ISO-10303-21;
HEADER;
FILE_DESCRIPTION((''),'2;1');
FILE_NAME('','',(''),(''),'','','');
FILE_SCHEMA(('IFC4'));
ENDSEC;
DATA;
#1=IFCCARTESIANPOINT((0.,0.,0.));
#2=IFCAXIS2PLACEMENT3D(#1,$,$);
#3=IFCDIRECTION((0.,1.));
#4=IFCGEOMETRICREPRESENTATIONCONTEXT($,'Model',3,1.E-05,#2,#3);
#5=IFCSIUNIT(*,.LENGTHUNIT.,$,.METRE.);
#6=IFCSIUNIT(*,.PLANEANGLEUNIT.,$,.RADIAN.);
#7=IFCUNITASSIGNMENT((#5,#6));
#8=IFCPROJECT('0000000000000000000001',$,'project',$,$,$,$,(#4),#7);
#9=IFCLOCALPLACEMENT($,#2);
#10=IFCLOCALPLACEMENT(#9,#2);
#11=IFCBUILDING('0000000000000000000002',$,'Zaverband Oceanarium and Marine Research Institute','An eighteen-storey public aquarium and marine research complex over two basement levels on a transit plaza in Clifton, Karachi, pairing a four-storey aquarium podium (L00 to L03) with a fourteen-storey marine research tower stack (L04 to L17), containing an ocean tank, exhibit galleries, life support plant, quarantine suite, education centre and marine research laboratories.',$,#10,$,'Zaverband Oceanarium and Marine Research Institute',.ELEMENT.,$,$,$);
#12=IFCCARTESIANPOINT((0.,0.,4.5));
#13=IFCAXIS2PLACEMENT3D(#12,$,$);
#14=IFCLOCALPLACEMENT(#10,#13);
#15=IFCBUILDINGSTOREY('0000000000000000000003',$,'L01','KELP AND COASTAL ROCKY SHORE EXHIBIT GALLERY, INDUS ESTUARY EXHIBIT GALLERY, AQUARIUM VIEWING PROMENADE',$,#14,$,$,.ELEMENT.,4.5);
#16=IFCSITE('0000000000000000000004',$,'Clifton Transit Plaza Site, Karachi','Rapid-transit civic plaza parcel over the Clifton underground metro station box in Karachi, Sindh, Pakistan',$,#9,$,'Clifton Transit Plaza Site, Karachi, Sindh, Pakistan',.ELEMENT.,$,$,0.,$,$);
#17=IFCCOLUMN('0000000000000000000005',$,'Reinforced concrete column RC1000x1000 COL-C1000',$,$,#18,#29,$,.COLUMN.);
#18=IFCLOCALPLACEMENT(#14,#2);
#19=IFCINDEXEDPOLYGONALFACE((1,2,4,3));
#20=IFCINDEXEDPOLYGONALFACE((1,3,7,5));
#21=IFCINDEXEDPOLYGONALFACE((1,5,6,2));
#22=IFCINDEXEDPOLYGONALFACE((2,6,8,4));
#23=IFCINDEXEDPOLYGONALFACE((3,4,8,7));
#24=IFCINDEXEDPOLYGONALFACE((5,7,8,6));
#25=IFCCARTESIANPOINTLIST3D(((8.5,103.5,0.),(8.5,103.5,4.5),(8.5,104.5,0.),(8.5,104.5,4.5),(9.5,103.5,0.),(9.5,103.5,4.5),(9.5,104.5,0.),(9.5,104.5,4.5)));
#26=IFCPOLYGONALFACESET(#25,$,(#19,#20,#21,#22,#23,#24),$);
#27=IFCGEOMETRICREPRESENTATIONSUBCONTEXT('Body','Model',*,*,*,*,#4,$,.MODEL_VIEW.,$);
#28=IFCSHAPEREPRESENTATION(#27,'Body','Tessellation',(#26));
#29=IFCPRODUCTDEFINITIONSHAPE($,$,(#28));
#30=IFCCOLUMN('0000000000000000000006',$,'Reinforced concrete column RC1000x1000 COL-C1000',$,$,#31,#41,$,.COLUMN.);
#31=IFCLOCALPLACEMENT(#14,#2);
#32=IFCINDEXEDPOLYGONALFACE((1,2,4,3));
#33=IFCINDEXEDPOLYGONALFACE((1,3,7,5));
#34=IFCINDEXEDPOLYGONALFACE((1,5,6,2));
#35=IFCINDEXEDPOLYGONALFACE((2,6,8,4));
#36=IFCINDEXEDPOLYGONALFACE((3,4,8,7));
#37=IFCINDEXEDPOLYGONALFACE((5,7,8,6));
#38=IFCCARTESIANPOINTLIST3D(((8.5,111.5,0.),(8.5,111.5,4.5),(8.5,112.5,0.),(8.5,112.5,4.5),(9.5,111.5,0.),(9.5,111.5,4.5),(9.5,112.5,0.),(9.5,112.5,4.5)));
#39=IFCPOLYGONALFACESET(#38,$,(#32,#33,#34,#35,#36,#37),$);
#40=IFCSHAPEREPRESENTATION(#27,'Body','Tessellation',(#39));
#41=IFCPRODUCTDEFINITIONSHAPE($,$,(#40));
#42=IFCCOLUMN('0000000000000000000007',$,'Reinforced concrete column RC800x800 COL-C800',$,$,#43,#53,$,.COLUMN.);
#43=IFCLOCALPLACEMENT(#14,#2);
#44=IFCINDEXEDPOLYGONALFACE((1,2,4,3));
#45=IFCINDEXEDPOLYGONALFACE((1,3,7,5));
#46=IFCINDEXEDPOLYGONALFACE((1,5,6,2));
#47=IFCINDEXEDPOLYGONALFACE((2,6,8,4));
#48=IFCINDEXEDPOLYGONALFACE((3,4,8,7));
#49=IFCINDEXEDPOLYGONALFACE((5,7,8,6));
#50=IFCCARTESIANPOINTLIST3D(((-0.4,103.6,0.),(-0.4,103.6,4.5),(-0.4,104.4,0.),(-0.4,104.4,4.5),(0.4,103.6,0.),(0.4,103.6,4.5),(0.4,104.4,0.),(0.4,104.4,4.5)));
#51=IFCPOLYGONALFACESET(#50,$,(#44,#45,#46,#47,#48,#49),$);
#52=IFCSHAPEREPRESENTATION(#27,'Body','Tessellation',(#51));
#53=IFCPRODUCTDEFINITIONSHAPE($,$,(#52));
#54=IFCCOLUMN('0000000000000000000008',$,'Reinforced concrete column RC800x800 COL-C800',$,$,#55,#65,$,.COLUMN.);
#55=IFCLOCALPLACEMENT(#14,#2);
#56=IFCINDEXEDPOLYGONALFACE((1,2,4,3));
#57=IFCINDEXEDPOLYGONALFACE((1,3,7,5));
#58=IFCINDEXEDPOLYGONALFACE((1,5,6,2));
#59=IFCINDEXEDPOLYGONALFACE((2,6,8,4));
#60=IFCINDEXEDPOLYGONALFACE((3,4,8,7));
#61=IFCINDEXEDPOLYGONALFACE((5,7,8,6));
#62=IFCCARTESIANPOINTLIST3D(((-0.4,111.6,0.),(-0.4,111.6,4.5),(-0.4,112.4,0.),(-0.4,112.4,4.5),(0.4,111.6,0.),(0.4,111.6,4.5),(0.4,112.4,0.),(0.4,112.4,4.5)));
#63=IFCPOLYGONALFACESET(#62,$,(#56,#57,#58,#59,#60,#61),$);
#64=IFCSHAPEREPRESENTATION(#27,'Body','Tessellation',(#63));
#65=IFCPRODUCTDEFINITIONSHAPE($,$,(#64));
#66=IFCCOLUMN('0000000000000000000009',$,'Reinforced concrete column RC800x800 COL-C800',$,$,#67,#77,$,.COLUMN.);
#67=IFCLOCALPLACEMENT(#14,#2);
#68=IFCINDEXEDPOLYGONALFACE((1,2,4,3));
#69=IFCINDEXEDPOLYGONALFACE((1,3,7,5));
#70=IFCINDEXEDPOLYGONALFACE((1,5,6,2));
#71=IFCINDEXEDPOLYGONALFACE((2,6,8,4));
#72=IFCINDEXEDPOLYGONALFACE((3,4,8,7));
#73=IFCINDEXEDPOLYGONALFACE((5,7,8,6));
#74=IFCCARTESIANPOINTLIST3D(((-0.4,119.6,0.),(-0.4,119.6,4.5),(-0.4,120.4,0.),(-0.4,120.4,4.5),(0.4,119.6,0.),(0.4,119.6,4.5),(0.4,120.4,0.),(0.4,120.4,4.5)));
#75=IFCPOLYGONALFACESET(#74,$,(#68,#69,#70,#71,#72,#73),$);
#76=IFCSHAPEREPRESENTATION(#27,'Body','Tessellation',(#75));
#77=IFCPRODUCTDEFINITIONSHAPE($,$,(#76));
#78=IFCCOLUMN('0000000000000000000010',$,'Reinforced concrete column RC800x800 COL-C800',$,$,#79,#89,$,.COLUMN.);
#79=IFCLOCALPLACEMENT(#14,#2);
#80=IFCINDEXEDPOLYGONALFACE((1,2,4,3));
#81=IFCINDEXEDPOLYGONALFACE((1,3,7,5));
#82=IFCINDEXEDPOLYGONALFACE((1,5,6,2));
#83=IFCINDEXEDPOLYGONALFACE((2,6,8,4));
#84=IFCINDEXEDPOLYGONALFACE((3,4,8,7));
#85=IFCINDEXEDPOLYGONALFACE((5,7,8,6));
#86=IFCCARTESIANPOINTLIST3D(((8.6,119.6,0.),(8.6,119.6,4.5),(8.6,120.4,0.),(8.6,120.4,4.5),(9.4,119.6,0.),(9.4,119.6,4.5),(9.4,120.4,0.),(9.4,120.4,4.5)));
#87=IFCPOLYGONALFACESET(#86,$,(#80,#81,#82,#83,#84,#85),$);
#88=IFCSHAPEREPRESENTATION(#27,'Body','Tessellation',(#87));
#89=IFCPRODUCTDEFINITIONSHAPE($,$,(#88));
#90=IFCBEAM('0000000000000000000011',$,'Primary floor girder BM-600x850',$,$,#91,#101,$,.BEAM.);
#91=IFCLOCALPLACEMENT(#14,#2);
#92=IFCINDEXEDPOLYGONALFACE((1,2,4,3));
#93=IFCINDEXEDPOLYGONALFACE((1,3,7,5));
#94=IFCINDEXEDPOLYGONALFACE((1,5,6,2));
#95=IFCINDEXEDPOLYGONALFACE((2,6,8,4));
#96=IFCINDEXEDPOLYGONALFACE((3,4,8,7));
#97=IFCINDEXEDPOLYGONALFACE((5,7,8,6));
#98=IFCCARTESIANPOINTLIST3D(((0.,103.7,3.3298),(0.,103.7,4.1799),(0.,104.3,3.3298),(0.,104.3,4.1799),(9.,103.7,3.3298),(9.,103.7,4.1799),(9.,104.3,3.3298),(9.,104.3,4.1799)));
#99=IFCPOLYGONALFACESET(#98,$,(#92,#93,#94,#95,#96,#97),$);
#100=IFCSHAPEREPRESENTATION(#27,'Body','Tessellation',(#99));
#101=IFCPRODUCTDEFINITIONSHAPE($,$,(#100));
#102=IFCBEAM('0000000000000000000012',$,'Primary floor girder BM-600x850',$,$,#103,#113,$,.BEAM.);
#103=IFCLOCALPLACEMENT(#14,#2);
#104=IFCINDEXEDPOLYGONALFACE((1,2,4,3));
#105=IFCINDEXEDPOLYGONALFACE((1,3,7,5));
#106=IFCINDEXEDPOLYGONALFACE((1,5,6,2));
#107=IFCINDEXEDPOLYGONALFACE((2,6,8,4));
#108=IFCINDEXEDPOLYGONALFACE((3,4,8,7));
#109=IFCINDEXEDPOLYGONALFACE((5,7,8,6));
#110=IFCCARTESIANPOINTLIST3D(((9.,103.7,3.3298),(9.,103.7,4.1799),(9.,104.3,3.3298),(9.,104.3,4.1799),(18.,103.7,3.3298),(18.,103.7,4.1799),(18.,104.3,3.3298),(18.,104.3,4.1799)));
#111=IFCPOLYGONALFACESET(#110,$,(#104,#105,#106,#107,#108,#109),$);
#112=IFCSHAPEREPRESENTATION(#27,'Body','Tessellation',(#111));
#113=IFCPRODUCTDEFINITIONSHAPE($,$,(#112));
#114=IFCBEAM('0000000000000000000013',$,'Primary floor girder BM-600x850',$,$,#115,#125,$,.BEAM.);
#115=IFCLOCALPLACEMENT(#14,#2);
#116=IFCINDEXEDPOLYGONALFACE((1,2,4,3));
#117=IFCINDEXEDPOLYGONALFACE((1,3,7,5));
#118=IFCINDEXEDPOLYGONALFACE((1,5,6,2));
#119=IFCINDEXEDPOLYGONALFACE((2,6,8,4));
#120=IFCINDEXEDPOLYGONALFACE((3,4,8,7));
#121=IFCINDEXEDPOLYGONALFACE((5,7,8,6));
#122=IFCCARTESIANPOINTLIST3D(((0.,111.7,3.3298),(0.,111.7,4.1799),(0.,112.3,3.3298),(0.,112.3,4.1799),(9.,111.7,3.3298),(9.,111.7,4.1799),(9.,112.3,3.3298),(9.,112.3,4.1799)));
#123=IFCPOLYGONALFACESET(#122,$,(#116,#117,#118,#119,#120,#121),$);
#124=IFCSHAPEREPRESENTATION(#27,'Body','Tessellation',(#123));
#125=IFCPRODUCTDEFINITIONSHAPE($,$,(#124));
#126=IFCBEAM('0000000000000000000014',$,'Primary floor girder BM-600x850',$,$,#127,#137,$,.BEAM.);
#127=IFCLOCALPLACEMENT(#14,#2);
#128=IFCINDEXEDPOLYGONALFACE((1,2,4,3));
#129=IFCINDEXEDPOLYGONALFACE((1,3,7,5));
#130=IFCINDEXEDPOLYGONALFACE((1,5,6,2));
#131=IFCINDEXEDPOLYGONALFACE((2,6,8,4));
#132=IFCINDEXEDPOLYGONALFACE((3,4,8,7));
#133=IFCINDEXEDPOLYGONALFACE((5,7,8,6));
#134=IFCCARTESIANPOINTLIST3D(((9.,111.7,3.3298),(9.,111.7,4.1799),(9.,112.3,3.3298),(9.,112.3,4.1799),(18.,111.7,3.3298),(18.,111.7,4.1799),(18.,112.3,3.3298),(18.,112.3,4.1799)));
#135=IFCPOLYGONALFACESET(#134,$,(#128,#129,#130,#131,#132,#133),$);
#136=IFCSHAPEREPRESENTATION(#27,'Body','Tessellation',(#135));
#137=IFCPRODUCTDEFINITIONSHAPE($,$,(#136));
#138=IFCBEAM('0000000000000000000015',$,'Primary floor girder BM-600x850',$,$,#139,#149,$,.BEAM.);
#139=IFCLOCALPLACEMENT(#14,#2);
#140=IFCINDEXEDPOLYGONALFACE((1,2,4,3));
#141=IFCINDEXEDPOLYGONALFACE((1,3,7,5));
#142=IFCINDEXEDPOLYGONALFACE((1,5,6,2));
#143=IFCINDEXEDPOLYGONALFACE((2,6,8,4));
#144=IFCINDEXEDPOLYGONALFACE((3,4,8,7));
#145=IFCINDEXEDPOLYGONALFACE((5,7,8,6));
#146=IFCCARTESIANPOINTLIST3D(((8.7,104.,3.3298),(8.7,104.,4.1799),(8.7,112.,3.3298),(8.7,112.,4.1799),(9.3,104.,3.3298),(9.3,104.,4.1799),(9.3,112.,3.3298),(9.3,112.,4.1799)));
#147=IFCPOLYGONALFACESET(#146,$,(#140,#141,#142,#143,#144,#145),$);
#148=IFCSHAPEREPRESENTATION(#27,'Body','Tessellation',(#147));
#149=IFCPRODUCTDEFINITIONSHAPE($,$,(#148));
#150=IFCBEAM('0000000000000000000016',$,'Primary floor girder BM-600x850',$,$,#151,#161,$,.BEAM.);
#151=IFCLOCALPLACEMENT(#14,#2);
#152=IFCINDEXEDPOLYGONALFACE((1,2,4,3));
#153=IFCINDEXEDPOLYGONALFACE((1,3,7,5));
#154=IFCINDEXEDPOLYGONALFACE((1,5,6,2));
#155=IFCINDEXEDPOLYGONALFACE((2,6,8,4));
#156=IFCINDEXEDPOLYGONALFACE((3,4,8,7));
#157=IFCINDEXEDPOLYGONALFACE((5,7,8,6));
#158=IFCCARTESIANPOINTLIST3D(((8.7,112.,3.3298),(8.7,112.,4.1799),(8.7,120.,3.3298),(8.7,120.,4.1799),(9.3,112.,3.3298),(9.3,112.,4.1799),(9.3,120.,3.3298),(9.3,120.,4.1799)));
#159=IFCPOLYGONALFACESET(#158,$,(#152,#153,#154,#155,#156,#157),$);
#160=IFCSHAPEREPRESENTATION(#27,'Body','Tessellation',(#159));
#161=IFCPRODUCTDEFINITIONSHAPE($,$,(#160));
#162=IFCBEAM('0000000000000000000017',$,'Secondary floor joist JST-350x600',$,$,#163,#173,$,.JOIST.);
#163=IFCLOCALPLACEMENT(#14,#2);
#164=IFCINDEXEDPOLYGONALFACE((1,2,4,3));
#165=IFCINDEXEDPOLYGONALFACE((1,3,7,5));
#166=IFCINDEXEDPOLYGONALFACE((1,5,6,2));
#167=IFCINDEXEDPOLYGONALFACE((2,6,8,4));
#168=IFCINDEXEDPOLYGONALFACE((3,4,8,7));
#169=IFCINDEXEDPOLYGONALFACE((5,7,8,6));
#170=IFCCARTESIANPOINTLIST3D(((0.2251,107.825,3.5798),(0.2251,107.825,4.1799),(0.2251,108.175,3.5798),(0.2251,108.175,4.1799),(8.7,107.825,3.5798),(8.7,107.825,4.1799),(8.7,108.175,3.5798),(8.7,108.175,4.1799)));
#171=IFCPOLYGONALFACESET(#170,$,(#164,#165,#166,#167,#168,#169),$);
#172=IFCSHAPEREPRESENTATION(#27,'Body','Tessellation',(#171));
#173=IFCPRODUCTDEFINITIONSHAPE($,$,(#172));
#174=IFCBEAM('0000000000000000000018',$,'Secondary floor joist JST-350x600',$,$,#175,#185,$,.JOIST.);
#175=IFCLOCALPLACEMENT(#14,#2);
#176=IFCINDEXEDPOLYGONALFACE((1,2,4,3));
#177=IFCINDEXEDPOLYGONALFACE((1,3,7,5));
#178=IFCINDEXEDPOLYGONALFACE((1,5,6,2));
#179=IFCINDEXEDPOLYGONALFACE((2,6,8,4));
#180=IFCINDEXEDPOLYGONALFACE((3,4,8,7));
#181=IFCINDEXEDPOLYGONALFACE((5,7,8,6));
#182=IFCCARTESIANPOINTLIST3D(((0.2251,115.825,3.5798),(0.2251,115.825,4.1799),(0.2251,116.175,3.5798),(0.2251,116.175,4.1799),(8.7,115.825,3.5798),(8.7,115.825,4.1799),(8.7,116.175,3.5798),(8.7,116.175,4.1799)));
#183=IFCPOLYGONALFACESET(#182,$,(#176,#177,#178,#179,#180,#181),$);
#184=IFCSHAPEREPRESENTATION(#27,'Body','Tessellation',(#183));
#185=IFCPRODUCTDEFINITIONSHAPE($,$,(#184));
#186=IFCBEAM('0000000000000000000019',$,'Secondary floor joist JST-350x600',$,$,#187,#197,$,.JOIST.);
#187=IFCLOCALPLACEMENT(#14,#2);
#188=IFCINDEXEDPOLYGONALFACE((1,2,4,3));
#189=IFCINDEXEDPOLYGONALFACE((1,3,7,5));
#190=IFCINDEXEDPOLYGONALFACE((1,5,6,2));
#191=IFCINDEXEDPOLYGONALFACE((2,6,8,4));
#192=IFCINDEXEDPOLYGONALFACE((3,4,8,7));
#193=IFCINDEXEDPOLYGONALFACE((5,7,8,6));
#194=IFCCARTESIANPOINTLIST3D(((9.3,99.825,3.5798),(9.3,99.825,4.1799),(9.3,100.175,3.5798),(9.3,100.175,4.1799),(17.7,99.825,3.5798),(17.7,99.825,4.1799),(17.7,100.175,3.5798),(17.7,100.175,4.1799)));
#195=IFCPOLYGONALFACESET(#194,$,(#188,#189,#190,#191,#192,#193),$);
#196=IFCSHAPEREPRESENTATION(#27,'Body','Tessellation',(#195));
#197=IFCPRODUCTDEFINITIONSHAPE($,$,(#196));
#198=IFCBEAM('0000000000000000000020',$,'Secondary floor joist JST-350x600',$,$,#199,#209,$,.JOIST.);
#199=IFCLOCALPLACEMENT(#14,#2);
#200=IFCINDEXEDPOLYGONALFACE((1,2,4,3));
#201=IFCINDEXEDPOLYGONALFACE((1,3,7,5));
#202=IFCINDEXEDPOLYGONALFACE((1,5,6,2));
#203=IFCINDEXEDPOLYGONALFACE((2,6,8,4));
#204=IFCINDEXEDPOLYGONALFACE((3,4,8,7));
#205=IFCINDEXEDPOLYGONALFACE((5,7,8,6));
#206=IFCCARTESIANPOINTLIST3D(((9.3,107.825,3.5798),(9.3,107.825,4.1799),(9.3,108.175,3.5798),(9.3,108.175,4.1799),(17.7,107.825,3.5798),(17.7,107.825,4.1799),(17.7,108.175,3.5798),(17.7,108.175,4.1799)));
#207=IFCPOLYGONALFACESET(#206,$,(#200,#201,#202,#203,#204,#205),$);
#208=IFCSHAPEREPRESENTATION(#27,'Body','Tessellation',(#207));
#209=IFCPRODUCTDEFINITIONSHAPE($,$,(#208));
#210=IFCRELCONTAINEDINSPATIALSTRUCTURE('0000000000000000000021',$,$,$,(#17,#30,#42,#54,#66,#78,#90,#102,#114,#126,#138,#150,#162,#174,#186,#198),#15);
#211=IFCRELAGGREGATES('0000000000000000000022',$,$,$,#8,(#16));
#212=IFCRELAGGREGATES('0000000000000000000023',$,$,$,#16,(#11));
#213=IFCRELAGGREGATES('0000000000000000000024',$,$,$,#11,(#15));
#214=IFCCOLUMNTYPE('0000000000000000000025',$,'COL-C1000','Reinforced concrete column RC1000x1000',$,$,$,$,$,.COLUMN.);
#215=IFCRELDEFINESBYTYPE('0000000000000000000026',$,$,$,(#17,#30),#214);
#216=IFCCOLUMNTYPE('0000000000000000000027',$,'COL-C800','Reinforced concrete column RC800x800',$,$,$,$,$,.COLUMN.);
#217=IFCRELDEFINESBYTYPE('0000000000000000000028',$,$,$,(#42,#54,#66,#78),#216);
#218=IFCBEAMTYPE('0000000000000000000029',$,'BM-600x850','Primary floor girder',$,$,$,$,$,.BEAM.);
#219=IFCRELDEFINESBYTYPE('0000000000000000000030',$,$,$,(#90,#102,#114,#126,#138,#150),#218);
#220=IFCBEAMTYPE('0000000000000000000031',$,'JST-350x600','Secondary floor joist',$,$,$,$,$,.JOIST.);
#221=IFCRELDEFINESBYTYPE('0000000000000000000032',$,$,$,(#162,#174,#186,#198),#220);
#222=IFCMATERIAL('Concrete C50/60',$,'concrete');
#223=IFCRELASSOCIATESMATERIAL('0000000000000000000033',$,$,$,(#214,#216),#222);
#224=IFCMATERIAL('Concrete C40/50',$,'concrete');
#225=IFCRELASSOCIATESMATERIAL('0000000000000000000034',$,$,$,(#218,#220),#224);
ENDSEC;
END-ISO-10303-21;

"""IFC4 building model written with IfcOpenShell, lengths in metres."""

from ifc_helpers import new_model, si_unit, direction, frame, origin, origin_2d, place, context, subcontext, project, spatial, rectangle, extrude, material, material_profile, profile_set, type_object, element, save


model = new_model("IFC4")

# Units and contexts
model_context = context("Model", 3, precision=1e-05, world=origin(), true_north=direction((0.0, 1.0)))
body_context = subcontext(model_context, "Body", "Model", "MODEL_VIEW")
ifc_project = project(units=[si_unit("LENGTHUNIT", "METRE"), si_unit("PLANEANGLEUNIT", "RADIAN")], contexts=[model_context])

# Site, building, storey
site_placement = place(None, origin())
site = spatial("IfcSite", under=ifc_project, at=site_placement, Name="Clifton Transit Plaza Site, Karachi", Description="Rapid-transit civic plaza parcel over the Clifton underground metro station box in Karachi, Sindh, Pakistan", LongName="Clifton Transit Plaza Site, Karachi, Sindh, Pakistan", CompositionType="ELEMENT", RefElevation=0.0)
building_placement = place(site_placement, origin())
building = spatial("IfcBuilding", under=site, at=building_placement, Name="Zaverband Oceanarium and Marine Research Institute", Description="An eighteen-storey public aquarium and marine research complex over two basement levels on a transit plaza in Clifton, Karachi, pairing a four-storey aquarium podium (L00 to L03) with a fourteen-storey marine research tower stack (L04 to L17), containing an ocean tank, exhibit galleries, life support plant, quarantine suite, education centre and marine research laboratories.", LongName="Zaverband Oceanarium and Marine Research Institute", CompositionType="ELEMENT")
storey_placement = place(building_placement, frame((0.0, 0.0, 4.5)))
storey = spatial("IfcBuildingStorey", under=building, at=storey_placement, Name="L01", Description="KELP AND COASTAL ROCKY SHORE EXHIBIT GALLERY, INDUS ESTUARY EXHIBIT GALLERY, AQUARIUM VIEWING PROMENADE", CompositionType="ELEMENT", Elevation=4.5)

# Columns
ifc_material_1 = material(Name="Concrete C50/60", Category="concrete")
ifc_material_profile_1 = material_profile(ifc_material_1, rectangle(XDim=1.0, YDim=1.0, at=origin_2d()), Name="RC1000x1000")
ifc_profile_set_1 = profile_set([ifc_material_profile_1], Name="Concrete C50/60")
column_type_1 = type_object("IfcColumnType", Name="COL-C1000", Description="Reinforced concrete column RC1000x1000", PredefinedType="COLUMN", material=ifc_profile_set_1)
for number, where, z_axis, x_axis, name in (
    (1, (9.0, 104.0, 0.0), (0.0, 0.0, 1.0), (1.0, 0.0, 0.0), "Reinforced concrete column RC1000x1000 COL-C1000"),
    (2, (9.0, 112.0, 0.0), (0.0, 0.0, 1.0), (1.0, 0.0, 0.0), "Reinforced concrete column RC1000x1000 COL-C1000"),
):
    element("IfcColumn", number, at=place(storey_placement, frame(where, z_axis=z_axis, x_axis=x_axis)), inside=storey, type_object=column_type_1, Name=name, PredefinedType="COLUMN", context=body_context, shape_type="SweptSolid", body=[
        extrude(rectangle(XDim=1.0, YDim=1.0, at=origin_2d()), origin(), (0.0, 0.0, 1.0), 4.5),
    ])
ifc_material_profile_2 = material_profile(ifc_material_1, rectangle(XDim=0.8, YDim=0.8, at=origin_2d()), Name="RC800x800")
ifc_profile_set_2 = profile_set([ifc_material_profile_2], Name="Concrete C50/60")
column_type_2 = type_object("IfcColumnType", Name="COL-C800", Description="Reinforced concrete column RC800x800", PredefinedType="COLUMN", material=ifc_profile_set_2)
for number, where, z_axis, x_axis, name in (
    (3, (0.0, 104.0, 0.0), (0.0, 0.0, 1.0), (1.0, 0.0, 0.0), "Reinforced concrete column RC800x800 COL-C800"),
    (4, (0.0, 112.0, 0.0), (0.0, 0.0, 1.0), (1.0, 0.0, 0.0), "Reinforced concrete column RC800x800 COL-C800"),
    (5, (0.0, 120.0, 0.0), (0.0, 0.0, 1.0), (1.0, 0.0, 0.0), "Reinforced concrete column RC800x800 COL-C800"),
    (6, (9.0, 120.0, 0.0), (0.0, 0.0, 1.0), (1.0, 0.0, 0.0), "Reinforced concrete column RC800x800 COL-C800"),
):
    element("IfcColumn", number, at=place(storey_placement, frame(where, z_axis=z_axis, x_axis=x_axis)), inside=storey, type_object=column_type_2, Name=name, PredefinedType="COLUMN", context=body_context, shape_type="SweptSolid", body=[
        extrude(rectangle(XDim=0.8, YDim=0.8, at=origin_2d()), origin(), (0.0, 0.0, 1.0), 4.5),
    ])

# Beams
ifc_material_2 = material(Name="Concrete C40/50", Category="concrete")
ifc_material_profile_3 = material_profile(ifc_material_2, rectangle(XDim=0.6001, YDim=0.8501, at=origin_2d()), Name="RC600x850")
ifc_profile_set_3 = profile_set([ifc_material_profile_3], Name="Concrete C40/50")
beam_type_1 = type_object("IfcBeamType", Name="BM-600x850", Description="Primary floor girder", PredefinedType="BEAM", material=ifc_profile_set_3)
for number, where, z_axis, x_axis, name in (
    (7, (0.0, 104.0, 3.7549), (1.0, 0.0, 0.0), (0.0, 1.0, 0.0), "Primary floor girder BM-600x850"),
    (8, (9.0, 104.0, 3.7549), (1.0, 0.0, 0.0), (0.0, 1.0, 0.0), "Primary floor girder BM-600x850"),
    (9, (0.0, 112.0, 3.7549), (1.0, 0.0, 0.0), (0.0, 1.0, 0.0), "Primary floor girder BM-600x850"),
    (10, (9.0, 112.0, 3.7549), (1.0, 0.0, 0.0), (0.0, 1.0, 0.0), "Primary floor girder BM-600x850"),
):
    element("IfcBeam", number, at=place(storey_placement, frame(where, z_axis=z_axis, x_axis=x_axis)), inside=storey, type_object=beam_type_1, Name=name, PredefinedType="BEAM", context=body_context, shape_type="SweptSolid", body=[
        extrude(rectangle(XDim=0.6001, YDim=0.8501, at=origin_2d()), origin(), (0.0, 0.0, 1.0), 9.0),
    ])
for number, where, z_axis, x_axis, name in (
    (11, (9.0, 104.0, 3.7549), (0.0, 1.0, 0.0), (-1.0, 0.0, 0.0), "Primary floor girder BM-600x850"),
    (12, (9.0, 112.0, 3.7549), (0.0, 1.0, 0.0), (-1.0, 0.0, 0.0), "Primary floor girder BM-600x850"),
):
    element("IfcBeam", number, at=place(storey_placement, frame(where, z_axis=z_axis, x_axis=x_axis)), inside=storey, type_object=beam_type_1, Name=name, PredefinedType="BEAM", context=body_context, shape_type="SweptSolid", body=[
        extrude(rectangle(XDim=0.6001, YDim=0.8501, at=origin_2d()), origin(), (0.0, 0.0, 1.0), 8.0),
    ])
ifc_material_profile_4 = material_profile(ifc_material_2, rectangle(XDim=0.3501, YDim=0.6001, at=origin_2d()), Name="RC350x600")
ifc_profile_set_4 = profile_set([ifc_material_profile_4], Name="Concrete C40/50")
beam_type_2 = type_object("IfcBeamType", Name="JST-350x600", Description="Secondary floor joist", PredefinedType="JOIST", material=ifc_profile_set_4)
for number, where, z_axis, x_axis, name in (
    (13, (0.2251, 108.0, 3.8799), (1.0, 0.0, 0.0), (0.0, 1.0, 0.0), "Secondary floor joist JST-350x600"),
    (14, (0.2251, 116.0, 3.8799), (1.0, 0.0, 0.0), (0.0, 1.0, 0.0), "Secondary floor joist JST-350x600"),
):
    element("IfcBeam", number, at=place(storey_placement, frame(where, z_axis=z_axis, x_axis=x_axis)), inside=storey, type_object=beam_type_2, Name=name, PredefinedType="JOIST", context=body_context, shape_type="SweptSolid", body=[
        extrude(rectangle(XDim=0.3501, YDim=0.6001, at=origin_2d()), origin(), (0.0, 0.0, 1.0), 8.4749),
    ])
for number, where, z_axis, x_axis, name in (
    (15, (9.3, 100.0, 3.8799), (1.0, 0.0, 0.0), (0.0, 1.0, 0.0), "Secondary floor joist JST-350x600"),
    (16, (9.3, 108.0, 3.8799), (1.0, 0.0, 0.0), (0.0, 1.0, 0.0), "Secondary floor joist JST-350x600"),
):
    element("IfcBeam", number, at=place(storey_placement, frame(where, z_axis=z_axis, x_axis=x_axis)), inside=storey, type_object=beam_type_2, Name=name, PredefinedType="JOIST", context=body_context, shape_type="SweptSolid", body=[
        extrude(rectangle(XDim=0.3501, YDim=0.6001, at=origin_2d()), origin(), (0.0, 0.0, 1.0), 8.3999),
    ])

save(model, "model.ifc")
